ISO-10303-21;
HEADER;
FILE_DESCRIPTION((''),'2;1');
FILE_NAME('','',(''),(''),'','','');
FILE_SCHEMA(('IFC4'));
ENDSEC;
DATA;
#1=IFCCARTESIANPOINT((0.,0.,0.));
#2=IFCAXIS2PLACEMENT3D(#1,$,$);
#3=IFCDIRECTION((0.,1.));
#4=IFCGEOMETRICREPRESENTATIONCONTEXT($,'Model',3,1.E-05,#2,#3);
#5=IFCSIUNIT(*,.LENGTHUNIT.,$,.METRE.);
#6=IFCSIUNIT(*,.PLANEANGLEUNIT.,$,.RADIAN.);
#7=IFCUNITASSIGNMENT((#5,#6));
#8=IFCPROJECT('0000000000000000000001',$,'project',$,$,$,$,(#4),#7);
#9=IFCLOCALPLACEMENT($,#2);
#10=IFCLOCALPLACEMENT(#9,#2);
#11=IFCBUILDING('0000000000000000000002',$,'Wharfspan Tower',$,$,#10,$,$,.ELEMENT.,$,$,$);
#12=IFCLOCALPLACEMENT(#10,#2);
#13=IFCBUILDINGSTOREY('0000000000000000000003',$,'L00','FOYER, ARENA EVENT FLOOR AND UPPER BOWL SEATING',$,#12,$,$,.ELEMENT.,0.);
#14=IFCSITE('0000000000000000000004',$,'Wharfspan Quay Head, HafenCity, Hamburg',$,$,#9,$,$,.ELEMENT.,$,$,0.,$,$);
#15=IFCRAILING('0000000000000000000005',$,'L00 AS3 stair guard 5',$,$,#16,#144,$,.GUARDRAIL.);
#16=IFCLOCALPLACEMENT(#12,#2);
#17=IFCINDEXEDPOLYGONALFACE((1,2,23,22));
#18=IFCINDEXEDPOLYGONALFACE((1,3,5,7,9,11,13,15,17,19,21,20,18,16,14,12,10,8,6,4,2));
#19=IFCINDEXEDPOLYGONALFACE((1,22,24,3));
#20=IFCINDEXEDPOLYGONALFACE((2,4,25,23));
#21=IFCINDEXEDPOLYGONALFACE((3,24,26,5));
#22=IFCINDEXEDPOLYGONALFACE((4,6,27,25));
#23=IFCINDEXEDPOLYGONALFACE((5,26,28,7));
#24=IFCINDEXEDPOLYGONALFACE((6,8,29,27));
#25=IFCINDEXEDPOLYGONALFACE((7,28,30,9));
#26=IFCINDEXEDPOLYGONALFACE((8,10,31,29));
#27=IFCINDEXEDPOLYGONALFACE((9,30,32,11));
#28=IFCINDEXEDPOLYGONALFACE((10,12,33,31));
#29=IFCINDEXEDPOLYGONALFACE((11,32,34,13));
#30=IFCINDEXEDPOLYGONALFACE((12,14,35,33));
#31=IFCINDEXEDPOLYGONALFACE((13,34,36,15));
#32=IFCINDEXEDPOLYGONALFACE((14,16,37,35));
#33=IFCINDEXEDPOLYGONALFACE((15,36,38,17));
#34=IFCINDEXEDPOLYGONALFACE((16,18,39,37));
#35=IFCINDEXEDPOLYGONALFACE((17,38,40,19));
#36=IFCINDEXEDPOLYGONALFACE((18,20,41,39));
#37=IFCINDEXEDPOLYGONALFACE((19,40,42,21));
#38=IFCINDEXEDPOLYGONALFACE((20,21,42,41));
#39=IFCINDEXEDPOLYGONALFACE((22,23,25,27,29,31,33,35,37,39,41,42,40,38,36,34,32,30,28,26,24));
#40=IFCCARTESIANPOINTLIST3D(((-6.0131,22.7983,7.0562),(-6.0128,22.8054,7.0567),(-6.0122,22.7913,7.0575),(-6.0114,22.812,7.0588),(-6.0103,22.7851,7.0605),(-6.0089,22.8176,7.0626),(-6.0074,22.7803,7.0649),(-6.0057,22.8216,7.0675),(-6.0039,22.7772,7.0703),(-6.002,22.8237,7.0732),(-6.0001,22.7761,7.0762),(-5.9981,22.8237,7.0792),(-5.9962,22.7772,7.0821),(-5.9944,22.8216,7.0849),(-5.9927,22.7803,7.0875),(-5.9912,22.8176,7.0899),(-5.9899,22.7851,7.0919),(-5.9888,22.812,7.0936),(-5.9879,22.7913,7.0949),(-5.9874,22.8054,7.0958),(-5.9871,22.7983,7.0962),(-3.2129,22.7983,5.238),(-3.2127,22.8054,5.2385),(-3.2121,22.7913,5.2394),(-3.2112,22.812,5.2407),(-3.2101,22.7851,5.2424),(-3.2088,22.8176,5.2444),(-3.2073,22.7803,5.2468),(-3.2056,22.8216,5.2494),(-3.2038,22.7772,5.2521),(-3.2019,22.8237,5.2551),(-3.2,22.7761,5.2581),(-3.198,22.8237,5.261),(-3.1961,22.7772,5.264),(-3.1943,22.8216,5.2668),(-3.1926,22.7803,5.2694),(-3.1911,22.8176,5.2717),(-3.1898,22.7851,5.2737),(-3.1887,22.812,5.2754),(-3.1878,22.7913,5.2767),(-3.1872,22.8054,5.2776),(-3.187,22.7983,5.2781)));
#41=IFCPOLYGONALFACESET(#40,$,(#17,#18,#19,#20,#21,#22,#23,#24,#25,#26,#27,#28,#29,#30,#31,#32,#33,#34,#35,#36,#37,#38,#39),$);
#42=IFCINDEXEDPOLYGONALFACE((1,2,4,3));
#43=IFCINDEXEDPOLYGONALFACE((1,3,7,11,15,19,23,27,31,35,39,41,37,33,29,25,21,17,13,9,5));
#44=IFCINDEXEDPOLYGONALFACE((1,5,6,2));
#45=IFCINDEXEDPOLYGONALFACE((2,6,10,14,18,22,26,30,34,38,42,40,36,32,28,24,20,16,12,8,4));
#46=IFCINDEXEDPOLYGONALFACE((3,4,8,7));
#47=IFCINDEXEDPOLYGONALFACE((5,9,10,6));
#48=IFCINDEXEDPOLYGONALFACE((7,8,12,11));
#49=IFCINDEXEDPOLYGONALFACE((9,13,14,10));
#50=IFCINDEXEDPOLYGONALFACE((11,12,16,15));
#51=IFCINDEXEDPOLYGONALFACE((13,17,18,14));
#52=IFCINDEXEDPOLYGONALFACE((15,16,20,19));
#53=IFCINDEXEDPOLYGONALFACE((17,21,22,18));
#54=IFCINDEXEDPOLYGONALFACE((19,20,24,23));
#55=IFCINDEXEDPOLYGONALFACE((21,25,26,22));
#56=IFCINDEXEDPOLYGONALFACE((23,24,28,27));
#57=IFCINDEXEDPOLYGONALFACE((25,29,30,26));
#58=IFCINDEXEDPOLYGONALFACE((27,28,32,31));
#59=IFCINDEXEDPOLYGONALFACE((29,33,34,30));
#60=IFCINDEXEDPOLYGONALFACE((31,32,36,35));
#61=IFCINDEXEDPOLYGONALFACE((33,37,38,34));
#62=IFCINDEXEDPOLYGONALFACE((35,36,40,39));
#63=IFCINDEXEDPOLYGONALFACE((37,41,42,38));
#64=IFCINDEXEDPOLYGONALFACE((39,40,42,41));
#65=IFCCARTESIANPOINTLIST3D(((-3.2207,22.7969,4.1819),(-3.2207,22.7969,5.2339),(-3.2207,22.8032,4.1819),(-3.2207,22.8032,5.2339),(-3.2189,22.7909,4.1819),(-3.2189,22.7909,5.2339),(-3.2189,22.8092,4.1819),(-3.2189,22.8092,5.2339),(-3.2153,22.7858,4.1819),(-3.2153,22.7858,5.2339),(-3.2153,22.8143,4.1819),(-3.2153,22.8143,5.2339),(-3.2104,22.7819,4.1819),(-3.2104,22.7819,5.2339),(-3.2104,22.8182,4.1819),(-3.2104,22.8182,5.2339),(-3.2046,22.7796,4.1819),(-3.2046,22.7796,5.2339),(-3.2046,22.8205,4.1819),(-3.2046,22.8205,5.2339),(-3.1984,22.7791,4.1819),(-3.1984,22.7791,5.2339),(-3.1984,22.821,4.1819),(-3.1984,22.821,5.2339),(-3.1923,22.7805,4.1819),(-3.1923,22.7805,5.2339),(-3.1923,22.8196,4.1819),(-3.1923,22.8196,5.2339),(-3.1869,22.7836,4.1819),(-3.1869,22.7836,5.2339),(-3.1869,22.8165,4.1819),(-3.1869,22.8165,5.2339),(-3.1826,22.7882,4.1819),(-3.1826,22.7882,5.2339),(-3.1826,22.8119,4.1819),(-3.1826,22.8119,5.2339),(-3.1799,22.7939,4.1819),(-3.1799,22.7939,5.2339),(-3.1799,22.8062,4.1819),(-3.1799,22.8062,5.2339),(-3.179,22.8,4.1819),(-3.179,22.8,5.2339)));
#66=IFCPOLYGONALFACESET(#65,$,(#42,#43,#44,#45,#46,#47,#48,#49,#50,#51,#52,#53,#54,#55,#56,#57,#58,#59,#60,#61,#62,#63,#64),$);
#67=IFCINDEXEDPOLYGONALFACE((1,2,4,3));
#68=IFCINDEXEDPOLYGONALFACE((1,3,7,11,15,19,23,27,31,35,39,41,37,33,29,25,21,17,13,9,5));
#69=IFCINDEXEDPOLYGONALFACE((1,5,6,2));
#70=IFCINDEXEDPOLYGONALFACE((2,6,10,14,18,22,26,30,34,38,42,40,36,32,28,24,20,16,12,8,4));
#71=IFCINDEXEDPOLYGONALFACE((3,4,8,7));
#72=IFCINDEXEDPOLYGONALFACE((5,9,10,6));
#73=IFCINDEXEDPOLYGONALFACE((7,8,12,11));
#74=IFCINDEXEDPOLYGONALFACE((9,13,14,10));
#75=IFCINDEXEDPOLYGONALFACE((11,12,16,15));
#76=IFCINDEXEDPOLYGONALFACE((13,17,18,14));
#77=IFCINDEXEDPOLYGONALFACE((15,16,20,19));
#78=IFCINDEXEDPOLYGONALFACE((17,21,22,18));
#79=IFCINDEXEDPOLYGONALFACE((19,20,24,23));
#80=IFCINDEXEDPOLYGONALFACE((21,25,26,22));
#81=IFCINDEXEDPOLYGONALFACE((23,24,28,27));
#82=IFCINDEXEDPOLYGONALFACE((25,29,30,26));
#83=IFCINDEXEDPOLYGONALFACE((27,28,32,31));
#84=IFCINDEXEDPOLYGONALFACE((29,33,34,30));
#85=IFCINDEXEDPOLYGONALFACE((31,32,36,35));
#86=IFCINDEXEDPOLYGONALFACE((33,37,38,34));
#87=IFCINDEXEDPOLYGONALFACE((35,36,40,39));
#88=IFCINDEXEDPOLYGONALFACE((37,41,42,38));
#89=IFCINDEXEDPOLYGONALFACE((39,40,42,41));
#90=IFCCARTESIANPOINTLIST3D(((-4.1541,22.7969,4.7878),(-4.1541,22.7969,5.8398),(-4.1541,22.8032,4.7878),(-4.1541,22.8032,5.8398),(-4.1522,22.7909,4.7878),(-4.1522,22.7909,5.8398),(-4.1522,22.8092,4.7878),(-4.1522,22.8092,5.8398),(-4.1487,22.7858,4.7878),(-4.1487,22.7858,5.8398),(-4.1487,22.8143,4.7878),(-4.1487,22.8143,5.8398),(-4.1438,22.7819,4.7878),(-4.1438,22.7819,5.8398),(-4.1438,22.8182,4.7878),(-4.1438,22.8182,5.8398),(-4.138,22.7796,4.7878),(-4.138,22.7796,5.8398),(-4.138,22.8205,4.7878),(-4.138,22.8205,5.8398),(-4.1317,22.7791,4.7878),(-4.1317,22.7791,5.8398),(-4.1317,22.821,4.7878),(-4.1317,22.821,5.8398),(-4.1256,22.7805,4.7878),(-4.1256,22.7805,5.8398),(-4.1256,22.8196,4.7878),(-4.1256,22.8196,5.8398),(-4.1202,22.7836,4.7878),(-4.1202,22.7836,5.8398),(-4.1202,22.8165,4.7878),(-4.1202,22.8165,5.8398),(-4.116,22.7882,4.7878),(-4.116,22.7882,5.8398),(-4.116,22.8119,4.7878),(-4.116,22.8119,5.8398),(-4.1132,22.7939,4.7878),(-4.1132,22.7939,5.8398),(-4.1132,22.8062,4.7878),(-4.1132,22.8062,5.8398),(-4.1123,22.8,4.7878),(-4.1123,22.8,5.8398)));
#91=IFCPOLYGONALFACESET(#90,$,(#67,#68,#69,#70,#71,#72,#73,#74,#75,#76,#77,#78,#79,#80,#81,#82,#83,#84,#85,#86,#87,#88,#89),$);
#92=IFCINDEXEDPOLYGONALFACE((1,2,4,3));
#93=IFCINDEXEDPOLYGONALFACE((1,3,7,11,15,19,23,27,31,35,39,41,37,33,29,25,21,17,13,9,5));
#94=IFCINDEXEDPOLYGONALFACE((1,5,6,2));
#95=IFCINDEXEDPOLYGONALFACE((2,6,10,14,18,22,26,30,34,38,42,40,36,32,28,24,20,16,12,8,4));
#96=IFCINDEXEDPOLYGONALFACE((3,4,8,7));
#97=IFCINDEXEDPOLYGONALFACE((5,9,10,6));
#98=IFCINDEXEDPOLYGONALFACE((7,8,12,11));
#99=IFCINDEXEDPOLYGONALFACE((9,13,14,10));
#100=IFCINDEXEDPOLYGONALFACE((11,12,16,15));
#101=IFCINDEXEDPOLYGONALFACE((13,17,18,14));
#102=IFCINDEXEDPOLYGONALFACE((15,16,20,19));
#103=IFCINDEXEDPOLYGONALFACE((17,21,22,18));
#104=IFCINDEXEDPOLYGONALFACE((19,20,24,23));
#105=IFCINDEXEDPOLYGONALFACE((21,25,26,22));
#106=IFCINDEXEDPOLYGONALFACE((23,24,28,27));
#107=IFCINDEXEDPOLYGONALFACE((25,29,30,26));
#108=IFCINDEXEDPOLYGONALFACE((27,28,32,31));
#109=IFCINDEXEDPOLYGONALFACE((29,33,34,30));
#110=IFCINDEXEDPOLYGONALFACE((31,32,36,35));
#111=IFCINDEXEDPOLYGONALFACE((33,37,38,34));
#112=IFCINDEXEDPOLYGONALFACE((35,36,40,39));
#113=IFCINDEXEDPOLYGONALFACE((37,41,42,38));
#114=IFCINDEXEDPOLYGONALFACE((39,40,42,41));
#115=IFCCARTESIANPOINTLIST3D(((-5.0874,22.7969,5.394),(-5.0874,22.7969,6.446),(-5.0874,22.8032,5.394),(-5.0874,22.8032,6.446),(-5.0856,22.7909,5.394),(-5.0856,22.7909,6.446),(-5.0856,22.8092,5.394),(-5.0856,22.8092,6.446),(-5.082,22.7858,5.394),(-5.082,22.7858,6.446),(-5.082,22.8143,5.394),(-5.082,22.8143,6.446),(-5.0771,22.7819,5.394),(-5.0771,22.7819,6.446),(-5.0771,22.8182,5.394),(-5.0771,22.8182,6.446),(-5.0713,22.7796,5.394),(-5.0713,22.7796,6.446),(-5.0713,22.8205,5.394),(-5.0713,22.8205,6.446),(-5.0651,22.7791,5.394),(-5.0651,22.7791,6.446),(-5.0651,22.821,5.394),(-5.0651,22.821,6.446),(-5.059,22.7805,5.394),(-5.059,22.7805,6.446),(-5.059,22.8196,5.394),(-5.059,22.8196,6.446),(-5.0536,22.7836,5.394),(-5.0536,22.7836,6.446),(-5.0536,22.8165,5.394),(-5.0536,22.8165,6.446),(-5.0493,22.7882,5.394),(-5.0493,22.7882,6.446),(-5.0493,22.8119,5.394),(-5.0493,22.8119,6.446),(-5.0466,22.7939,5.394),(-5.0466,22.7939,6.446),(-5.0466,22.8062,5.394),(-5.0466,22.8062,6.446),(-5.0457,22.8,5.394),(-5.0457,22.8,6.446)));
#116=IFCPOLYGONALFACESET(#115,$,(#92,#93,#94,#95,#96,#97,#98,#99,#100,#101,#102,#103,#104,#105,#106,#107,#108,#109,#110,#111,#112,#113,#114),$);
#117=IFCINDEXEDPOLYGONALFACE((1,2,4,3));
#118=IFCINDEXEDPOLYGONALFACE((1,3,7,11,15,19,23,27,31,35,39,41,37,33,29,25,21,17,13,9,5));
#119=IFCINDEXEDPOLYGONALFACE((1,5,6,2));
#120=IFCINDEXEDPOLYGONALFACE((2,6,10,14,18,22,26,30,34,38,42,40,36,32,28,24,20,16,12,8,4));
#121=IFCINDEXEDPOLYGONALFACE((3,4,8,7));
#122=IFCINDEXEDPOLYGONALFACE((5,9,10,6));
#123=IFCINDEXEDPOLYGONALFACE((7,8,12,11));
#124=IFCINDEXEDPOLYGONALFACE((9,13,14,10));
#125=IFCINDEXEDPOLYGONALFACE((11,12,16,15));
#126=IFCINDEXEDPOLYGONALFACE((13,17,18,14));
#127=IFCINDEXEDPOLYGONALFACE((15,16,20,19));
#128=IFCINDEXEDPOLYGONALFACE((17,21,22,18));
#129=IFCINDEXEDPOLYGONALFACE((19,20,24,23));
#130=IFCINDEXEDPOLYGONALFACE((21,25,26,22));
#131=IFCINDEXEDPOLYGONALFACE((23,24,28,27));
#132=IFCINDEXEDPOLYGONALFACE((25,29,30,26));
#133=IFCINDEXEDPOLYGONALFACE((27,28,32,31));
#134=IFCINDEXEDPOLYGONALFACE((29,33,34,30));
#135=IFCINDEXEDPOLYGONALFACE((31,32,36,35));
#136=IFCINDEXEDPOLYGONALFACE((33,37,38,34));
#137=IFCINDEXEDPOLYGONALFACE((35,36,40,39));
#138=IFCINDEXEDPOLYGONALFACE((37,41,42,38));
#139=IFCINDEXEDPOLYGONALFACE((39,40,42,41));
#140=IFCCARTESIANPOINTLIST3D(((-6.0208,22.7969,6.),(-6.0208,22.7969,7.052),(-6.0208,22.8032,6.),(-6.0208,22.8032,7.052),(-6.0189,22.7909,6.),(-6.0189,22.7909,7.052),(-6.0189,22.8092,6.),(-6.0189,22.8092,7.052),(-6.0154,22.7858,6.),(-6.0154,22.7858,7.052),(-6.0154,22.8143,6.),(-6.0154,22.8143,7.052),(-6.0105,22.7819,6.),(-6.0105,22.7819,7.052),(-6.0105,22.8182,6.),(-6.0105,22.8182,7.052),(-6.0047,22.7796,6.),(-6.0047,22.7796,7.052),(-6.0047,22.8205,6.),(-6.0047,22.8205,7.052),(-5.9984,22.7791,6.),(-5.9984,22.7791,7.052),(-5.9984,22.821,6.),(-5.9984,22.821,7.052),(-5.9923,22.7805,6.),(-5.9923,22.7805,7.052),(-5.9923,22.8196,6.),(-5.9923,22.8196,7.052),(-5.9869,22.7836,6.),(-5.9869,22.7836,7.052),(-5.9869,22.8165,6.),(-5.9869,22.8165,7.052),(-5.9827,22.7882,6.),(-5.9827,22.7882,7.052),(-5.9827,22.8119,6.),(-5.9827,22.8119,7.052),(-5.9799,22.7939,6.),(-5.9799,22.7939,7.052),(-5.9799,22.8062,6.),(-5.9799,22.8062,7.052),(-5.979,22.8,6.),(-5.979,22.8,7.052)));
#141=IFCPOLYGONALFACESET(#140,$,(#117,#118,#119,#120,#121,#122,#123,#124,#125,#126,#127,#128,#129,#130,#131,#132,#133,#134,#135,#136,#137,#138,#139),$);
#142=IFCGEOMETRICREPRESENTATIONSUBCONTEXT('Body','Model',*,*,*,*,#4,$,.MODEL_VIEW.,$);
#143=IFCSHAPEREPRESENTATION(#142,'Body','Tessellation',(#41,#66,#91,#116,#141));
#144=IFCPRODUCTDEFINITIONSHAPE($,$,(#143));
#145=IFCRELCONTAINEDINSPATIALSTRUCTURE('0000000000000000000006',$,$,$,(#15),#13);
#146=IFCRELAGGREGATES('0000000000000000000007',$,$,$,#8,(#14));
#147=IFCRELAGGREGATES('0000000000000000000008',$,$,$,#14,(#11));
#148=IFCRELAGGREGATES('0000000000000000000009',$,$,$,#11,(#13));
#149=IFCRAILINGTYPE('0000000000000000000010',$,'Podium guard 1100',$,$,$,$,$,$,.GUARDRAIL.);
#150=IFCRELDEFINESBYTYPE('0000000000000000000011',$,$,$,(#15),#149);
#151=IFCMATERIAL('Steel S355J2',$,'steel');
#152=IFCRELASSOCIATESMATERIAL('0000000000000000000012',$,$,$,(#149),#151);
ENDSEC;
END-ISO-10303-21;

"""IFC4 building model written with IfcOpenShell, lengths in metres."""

from ifc_helpers import new_model, si_unit, direction, frame, origin, origin_2d, place, context, subcontext, project, spatial, circle, extrude, material, type_object, element, save


model = new_model("IFC4")

# Units and contexts
model_context = context("Model", 3, precision=1e-05, world=origin(), true_north=direction((0.0, 1.0)))
body_context = subcontext(model_context, "Body", "Model", "MODEL_VIEW")
ifc_project = project(units=[si_unit("LENGTHUNIT", "METRE"), si_unit("PLANEANGLEUNIT", "RADIAN")], contexts=[model_context])

# Site, building, storey
site_placement = place(None, origin())
site = spatial("IfcSite", under=ifc_project, at=site_placement, Name="Wharfspan Quay Head, HafenCity, Hamburg", CompositionType="ELEMENT", RefElevation=0.0)
building_placement = place(site_placement, origin())
building = spatial("IfcBuilding", under=site, at=building_placement, Name="Wharfspan Tower", CompositionType="ELEMENT")
storey_placement = place(building_placement, origin())
storey = spatial("IfcBuildingStorey", under=building, at=storey_placement, Name="L00", Description="FOYER, ARENA EVENT FLOOR AND UPPER BOWL SEATING", CompositionType="ELEMENT", Elevation=0.0)

# Shared definitions
ifc_material_1 = material(Name="Steel S355J2", Category="steel")

# Railing
railing_type_1 = type_object("IfcRailingType", Name="Podium guard 1100", PredefinedType="GUARDRAIL", material=ifc_material_1)
railing_1_placement = place(storey_placement, frame((-3.2, 22.8, 4.1819)))
element("IfcRailing", 1, at=railing_1_placement, inside=storey, type_object=railing_type_1, Name="L00 AS3 stair guard 5", PredefinedType="GUARDRAIL", context=body_context, shape_type="SweptSolid", body=[
    extrude(circle(Radius=0.0239, at=origin_2d()), frame((0.0, 0.0, 1.0762), z_axis=(-0.838706, 0.0, 0.544585), x_axis=(0.0, -1.0, 0.0)), (0.0, 0.0, 1.0), 3.3386),
    extrude(circle(Radius=0.021, at=origin_2d()), origin(), (0.0, 0.0, 1.0), 1.052),
    extrude(circle(Radius=0.021, at=origin_2d()), frame((-0.9334, 0.0, 0.606)), (0.0, 0.0, 1.0), 1.052),
    extrude(circle(Radius=0.021, at=origin_2d()), frame((-1.8667, 0.0, 1.2122)), (0.0, 0.0, 1.0), 1.052),
    extrude(circle(Radius=0.021, at=origin_2d()), frame((-2.8, 0.0, 1.8181)), (0.0, 0.0, 1.0), 1.052),
])

save(model, "model.ifc")
